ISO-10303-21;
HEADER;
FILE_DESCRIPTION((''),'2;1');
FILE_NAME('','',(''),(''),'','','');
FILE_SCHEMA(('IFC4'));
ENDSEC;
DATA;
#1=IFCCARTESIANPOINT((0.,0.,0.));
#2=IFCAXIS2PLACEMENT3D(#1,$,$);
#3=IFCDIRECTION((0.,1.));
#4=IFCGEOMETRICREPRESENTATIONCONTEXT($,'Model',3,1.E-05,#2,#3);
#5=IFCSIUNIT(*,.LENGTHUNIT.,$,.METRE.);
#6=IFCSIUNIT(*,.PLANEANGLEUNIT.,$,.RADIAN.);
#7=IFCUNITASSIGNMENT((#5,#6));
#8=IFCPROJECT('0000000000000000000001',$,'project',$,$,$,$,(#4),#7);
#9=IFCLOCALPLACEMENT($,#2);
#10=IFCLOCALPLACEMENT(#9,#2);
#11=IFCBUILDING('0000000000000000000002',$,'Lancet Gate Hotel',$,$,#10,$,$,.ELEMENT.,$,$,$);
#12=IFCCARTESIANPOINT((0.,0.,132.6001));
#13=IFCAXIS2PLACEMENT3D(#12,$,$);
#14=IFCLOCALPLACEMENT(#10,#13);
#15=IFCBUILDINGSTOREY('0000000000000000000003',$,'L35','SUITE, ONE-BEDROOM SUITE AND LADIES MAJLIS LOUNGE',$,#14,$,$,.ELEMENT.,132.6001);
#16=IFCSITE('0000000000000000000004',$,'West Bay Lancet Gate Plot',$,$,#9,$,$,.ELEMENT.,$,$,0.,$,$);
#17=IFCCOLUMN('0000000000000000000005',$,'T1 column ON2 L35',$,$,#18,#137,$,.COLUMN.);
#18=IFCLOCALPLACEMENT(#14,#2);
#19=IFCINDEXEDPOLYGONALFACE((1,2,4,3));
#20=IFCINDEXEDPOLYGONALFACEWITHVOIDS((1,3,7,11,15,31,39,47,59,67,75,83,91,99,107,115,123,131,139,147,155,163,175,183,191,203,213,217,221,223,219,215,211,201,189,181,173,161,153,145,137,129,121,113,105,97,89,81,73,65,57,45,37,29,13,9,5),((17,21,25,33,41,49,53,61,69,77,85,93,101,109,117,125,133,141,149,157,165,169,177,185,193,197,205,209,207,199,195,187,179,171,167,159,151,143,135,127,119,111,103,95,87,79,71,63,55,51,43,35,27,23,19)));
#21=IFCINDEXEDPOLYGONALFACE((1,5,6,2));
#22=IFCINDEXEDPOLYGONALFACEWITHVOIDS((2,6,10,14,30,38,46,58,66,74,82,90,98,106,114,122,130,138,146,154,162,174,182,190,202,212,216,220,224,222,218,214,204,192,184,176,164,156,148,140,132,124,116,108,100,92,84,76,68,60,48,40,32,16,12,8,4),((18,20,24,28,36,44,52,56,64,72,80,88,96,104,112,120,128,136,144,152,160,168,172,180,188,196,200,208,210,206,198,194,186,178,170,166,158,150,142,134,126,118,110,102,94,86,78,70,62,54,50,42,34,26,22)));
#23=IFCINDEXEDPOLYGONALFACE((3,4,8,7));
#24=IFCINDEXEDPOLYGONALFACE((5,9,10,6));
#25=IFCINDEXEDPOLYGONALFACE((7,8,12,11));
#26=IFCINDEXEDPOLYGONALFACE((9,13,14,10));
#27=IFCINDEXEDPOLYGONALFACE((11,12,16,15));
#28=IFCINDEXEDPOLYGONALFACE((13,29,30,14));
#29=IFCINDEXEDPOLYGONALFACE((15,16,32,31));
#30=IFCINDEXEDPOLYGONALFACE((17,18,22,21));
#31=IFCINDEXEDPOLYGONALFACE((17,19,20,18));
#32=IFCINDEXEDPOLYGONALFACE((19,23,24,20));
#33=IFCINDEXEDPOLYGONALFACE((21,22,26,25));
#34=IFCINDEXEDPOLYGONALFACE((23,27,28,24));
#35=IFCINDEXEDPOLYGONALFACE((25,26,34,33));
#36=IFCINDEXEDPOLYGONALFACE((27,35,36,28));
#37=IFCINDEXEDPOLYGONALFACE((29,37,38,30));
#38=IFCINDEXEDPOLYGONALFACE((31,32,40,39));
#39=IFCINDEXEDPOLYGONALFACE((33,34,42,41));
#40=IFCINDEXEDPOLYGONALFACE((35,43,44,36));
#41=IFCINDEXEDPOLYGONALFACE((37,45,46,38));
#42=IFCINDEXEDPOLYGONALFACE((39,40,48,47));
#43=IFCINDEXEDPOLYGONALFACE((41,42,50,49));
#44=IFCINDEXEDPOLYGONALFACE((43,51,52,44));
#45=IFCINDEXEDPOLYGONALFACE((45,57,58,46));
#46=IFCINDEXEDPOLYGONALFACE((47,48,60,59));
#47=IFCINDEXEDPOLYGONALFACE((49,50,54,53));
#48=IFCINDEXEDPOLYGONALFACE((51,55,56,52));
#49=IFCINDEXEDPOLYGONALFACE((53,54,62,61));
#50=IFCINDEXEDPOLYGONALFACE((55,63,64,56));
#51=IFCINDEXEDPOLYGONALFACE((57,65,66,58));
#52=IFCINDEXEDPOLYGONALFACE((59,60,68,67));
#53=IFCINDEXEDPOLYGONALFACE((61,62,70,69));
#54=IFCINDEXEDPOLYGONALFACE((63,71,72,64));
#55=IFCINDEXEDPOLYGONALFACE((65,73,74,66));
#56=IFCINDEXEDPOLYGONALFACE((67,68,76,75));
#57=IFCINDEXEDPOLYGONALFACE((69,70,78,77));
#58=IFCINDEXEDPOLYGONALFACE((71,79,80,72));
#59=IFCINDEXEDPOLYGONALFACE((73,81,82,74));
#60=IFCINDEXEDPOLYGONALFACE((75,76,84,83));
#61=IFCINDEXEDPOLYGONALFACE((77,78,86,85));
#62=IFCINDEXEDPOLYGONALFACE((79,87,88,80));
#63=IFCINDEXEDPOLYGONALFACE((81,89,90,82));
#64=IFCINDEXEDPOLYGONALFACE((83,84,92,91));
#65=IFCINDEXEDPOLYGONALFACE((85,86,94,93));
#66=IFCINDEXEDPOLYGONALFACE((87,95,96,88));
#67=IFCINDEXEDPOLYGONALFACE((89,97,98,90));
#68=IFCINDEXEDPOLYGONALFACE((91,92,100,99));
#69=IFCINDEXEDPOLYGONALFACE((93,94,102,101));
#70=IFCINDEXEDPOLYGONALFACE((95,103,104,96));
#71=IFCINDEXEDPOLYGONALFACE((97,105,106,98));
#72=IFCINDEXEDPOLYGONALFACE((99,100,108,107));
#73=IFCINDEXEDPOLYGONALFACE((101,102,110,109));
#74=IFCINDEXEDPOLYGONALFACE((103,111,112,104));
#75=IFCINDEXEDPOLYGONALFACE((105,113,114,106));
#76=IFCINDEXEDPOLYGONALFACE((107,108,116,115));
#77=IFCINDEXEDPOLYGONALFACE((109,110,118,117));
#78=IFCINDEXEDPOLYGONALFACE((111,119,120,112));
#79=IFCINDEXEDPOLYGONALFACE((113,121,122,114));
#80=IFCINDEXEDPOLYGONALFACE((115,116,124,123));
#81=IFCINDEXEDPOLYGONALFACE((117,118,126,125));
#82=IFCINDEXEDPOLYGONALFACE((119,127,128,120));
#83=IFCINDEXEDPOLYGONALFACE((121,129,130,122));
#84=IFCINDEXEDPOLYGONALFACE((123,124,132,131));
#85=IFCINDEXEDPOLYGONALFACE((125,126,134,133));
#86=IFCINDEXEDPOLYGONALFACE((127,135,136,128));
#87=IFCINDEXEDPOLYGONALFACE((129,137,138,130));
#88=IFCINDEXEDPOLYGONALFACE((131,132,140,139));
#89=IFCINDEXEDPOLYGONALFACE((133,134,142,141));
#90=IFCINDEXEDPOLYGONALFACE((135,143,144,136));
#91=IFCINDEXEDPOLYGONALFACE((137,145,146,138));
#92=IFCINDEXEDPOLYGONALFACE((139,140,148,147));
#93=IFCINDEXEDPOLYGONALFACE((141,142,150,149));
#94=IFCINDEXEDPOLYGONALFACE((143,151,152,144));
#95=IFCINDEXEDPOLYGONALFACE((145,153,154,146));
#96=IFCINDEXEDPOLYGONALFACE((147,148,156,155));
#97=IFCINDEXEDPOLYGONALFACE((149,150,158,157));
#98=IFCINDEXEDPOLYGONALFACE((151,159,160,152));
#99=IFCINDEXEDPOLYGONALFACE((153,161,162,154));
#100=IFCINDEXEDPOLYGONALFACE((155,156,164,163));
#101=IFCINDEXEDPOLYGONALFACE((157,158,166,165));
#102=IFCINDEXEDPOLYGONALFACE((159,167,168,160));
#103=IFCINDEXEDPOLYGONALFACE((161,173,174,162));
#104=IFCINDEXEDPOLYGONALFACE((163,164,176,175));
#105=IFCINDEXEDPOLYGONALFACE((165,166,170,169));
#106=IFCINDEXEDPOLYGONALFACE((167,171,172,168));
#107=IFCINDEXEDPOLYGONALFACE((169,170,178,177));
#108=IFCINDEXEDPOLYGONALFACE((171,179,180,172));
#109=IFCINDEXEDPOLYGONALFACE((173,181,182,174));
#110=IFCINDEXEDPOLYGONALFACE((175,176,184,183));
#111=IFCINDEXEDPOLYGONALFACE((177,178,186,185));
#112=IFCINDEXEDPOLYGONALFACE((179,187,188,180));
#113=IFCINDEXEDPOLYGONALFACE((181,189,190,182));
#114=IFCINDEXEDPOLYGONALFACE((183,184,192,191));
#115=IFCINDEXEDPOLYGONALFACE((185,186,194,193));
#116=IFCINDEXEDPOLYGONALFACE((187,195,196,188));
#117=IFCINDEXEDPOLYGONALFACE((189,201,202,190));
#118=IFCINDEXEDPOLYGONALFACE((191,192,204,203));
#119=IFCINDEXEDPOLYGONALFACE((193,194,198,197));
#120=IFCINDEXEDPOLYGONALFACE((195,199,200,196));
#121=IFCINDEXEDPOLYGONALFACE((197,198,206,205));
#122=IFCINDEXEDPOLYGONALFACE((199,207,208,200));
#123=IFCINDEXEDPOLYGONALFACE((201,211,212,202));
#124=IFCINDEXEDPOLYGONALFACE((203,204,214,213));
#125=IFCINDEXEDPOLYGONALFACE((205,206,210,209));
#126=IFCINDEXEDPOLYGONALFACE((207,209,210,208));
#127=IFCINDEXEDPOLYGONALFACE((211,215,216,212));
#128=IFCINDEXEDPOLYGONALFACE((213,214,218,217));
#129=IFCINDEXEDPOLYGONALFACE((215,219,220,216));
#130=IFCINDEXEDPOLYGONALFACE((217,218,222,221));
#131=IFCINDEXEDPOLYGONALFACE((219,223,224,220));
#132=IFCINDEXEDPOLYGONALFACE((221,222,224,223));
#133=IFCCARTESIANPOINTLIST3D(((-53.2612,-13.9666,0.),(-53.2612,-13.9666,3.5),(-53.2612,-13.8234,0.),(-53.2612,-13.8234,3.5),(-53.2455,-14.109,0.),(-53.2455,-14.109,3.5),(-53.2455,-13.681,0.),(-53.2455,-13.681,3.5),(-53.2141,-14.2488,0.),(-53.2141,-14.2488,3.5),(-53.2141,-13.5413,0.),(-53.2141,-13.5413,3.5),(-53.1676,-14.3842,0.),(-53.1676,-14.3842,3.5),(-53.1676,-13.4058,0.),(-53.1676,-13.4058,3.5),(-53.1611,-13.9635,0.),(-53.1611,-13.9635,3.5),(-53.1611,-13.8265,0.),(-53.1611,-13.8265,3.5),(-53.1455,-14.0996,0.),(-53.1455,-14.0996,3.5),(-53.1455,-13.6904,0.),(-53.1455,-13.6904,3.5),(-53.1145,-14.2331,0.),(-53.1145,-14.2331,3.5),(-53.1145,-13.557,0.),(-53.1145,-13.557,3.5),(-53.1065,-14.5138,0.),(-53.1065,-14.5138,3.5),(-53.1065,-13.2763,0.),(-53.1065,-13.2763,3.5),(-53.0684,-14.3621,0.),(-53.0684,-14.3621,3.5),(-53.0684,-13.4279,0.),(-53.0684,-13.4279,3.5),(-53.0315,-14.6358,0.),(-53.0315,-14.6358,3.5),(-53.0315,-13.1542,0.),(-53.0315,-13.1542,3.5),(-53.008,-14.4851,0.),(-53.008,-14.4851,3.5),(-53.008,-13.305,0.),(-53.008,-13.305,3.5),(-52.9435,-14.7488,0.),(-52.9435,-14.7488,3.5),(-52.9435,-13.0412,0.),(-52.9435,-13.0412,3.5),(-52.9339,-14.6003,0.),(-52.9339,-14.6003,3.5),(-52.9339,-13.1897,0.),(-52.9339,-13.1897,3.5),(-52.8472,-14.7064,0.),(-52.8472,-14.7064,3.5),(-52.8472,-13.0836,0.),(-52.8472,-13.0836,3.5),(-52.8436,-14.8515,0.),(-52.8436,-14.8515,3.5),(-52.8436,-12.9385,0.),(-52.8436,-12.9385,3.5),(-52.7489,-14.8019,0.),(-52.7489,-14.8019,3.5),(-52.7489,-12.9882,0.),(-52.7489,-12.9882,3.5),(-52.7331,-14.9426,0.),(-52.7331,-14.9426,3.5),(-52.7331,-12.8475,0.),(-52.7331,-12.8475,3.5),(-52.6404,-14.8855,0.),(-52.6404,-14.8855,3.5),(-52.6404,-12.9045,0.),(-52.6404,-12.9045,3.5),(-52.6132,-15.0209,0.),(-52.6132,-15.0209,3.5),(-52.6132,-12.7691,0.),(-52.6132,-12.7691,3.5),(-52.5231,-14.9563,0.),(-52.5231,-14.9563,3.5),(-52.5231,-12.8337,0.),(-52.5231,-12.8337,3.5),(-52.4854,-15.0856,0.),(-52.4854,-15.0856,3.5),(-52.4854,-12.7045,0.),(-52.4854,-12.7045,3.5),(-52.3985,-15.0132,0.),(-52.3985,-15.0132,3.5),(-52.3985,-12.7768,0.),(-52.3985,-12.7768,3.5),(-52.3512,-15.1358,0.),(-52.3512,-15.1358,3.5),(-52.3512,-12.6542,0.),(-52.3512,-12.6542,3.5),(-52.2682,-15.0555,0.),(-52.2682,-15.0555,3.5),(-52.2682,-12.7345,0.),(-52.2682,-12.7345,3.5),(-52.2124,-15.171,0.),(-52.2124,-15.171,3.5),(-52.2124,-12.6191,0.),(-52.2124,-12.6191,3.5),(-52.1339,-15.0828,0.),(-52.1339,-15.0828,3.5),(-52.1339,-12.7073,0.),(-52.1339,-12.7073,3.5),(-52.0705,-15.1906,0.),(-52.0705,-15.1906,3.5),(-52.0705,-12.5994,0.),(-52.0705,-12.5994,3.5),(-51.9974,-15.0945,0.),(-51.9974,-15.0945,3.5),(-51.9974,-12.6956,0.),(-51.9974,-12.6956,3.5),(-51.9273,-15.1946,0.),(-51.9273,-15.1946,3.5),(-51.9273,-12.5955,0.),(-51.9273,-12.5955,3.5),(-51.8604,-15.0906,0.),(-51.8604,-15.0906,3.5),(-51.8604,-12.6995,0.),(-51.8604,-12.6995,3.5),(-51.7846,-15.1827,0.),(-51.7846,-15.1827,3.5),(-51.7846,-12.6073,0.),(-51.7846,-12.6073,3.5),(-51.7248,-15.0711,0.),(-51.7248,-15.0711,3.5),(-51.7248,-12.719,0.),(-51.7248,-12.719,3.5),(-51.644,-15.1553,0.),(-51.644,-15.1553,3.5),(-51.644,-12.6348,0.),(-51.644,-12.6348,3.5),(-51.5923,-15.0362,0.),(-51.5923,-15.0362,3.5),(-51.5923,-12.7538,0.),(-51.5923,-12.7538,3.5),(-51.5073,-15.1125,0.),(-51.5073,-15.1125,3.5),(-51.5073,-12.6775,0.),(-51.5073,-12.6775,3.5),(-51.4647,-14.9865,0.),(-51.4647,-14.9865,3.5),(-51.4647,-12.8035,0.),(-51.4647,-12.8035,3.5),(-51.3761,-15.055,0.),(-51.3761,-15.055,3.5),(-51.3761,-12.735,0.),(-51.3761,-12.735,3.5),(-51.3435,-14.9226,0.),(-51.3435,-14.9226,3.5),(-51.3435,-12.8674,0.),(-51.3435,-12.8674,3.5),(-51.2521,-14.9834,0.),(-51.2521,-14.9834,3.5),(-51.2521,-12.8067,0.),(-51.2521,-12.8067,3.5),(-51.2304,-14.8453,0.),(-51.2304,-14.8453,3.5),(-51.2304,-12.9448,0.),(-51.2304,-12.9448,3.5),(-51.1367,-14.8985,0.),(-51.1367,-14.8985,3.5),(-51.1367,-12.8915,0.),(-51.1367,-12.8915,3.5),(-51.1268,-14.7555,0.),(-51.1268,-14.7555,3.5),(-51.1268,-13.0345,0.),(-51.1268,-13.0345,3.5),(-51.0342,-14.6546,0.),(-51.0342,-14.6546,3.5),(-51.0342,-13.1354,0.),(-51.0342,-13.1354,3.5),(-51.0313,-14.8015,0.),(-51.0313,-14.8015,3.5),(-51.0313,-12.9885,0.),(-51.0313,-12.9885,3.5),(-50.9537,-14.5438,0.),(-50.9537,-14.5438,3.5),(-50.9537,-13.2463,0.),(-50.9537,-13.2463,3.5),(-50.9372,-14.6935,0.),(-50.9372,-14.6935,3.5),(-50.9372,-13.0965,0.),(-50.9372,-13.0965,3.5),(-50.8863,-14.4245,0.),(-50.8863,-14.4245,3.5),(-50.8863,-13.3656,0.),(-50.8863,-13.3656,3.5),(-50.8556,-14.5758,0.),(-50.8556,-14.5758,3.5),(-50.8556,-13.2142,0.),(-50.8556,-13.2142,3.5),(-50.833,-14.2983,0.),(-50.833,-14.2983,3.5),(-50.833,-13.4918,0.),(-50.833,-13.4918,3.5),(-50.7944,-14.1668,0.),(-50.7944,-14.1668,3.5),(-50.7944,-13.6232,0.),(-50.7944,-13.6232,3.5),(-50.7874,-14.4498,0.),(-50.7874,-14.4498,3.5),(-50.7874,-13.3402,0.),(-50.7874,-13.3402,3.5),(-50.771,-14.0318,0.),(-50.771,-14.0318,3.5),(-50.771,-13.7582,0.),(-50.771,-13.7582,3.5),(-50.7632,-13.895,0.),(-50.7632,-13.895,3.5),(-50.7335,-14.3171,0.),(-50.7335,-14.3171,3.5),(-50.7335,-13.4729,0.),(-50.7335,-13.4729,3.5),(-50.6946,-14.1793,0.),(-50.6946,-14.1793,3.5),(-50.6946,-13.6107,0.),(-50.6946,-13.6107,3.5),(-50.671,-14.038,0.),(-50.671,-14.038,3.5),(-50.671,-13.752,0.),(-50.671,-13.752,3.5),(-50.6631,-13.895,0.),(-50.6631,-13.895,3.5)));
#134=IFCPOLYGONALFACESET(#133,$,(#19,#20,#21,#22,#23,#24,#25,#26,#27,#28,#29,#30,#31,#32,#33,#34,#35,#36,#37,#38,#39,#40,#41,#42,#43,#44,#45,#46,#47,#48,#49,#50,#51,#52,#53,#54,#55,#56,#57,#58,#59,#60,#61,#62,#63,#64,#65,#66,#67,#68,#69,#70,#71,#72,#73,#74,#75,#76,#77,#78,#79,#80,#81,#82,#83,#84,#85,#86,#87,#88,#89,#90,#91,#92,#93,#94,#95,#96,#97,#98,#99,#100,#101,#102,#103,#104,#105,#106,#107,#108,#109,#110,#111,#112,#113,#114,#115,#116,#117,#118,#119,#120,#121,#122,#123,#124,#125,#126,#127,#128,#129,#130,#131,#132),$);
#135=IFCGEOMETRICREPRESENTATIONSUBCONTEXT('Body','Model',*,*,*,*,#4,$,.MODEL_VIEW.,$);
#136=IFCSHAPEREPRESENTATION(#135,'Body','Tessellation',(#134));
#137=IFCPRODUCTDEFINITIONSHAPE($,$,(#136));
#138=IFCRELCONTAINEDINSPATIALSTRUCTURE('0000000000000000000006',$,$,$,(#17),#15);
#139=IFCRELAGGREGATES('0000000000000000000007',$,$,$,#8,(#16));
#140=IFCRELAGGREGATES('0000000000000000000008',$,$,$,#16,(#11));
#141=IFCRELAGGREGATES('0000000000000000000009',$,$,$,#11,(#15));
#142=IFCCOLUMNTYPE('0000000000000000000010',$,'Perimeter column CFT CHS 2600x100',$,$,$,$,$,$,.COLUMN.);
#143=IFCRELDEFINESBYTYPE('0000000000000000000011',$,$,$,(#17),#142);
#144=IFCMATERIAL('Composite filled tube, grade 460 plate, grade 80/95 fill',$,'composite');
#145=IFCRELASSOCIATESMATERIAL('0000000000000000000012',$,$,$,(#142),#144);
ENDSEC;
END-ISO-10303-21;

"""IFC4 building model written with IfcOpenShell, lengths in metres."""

from ifc_helpers import new_model, si_unit, direction, frame, origin, origin_2d, place, context, subcontext, project, spatial, hollow_circle, extrude, material, material_profile, profile_set, type_object, element, save


model = new_model("IFC4")

# Units and contexts
model_context = context("Model", 3, precision=1e-05, world=origin(), true_north=direction((0.0, 1.0)))
body_context = subcontext(model_context, "Body", "Model", "MODEL_VIEW")
ifc_project = project(units=[si_unit("LENGTHUNIT", "METRE"), si_unit("PLANEANGLEUNIT", "RADIAN")], contexts=[model_context])

# Site, building, storey
site_placement = place(None, origin())
site = spatial("IfcSite", under=ifc_project, at=site_placement, Name="West Bay Lancet Gate Plot", CompositionType="ELEMENT", RefElevation=0.0)
building_placement = place(site_placement, origin())
building = spatial("IfcBuilding", under=site, at=building_placement, Name="Lancet Gate Hotel", CompositionType="ELEMENT")
storey_placement = place(building_placement, frame((0.0, 0.0, 132.6001)))
storey = spatial("IfcBuildingStorey", under=building, at=storey_placement, Name="L35", Description="SUITE, ONE-BEDROOM SUITE AND LADIES MAJLIS LOUNGE", CompositionType="ELEMENT", Elevation=132.6001)

# Column
ifc_material_1 = material(Name="Composite filled tube, grade 460 plate, grade 80/95 fill", Category="composite")
ifc_material_profile_1 = material_profile(ifc_material_1, hollow_circle(Radius=1.3, WallThickness=0.1001, at=origin_2d()), Name="CHS 2600x100")
ifc_profile_set_1 = profile_set([ifc_material_profile_1], Name="Composite filled tube, grade 460 plate, grade 80/95 fill")
column_type = type_object("IfcColumnType", Name="Perimeter column CFT CHS 2600x100", PredefinedType="COLUMN", material=ifc_profile_set_1)
for number, where, z_axis, x_axis, name in (
    (1, (-51.9631, -13.895, 0.0), (0.0, 0.0, 1.0), (1.0, 0.0, 0.0), "T1 column ON2 L35"),
):
    element("IfcColumn", number, at=place(storey_placement, frame(where, z_axis=z_axis, x_axis=x_axis)), inside=storey, type_object=column_type, Name=name, PredefinedType="COLUMN", context=body_context, shape_type="SweptSolid", body=[
        extrude(hollow_circle(Radius=1.3, WallThickness=0.1001, at=origin_2d()), origin(), (0.0, 0.0, 1.0), 3.5),
    ])

save(model, "model.ifc")
